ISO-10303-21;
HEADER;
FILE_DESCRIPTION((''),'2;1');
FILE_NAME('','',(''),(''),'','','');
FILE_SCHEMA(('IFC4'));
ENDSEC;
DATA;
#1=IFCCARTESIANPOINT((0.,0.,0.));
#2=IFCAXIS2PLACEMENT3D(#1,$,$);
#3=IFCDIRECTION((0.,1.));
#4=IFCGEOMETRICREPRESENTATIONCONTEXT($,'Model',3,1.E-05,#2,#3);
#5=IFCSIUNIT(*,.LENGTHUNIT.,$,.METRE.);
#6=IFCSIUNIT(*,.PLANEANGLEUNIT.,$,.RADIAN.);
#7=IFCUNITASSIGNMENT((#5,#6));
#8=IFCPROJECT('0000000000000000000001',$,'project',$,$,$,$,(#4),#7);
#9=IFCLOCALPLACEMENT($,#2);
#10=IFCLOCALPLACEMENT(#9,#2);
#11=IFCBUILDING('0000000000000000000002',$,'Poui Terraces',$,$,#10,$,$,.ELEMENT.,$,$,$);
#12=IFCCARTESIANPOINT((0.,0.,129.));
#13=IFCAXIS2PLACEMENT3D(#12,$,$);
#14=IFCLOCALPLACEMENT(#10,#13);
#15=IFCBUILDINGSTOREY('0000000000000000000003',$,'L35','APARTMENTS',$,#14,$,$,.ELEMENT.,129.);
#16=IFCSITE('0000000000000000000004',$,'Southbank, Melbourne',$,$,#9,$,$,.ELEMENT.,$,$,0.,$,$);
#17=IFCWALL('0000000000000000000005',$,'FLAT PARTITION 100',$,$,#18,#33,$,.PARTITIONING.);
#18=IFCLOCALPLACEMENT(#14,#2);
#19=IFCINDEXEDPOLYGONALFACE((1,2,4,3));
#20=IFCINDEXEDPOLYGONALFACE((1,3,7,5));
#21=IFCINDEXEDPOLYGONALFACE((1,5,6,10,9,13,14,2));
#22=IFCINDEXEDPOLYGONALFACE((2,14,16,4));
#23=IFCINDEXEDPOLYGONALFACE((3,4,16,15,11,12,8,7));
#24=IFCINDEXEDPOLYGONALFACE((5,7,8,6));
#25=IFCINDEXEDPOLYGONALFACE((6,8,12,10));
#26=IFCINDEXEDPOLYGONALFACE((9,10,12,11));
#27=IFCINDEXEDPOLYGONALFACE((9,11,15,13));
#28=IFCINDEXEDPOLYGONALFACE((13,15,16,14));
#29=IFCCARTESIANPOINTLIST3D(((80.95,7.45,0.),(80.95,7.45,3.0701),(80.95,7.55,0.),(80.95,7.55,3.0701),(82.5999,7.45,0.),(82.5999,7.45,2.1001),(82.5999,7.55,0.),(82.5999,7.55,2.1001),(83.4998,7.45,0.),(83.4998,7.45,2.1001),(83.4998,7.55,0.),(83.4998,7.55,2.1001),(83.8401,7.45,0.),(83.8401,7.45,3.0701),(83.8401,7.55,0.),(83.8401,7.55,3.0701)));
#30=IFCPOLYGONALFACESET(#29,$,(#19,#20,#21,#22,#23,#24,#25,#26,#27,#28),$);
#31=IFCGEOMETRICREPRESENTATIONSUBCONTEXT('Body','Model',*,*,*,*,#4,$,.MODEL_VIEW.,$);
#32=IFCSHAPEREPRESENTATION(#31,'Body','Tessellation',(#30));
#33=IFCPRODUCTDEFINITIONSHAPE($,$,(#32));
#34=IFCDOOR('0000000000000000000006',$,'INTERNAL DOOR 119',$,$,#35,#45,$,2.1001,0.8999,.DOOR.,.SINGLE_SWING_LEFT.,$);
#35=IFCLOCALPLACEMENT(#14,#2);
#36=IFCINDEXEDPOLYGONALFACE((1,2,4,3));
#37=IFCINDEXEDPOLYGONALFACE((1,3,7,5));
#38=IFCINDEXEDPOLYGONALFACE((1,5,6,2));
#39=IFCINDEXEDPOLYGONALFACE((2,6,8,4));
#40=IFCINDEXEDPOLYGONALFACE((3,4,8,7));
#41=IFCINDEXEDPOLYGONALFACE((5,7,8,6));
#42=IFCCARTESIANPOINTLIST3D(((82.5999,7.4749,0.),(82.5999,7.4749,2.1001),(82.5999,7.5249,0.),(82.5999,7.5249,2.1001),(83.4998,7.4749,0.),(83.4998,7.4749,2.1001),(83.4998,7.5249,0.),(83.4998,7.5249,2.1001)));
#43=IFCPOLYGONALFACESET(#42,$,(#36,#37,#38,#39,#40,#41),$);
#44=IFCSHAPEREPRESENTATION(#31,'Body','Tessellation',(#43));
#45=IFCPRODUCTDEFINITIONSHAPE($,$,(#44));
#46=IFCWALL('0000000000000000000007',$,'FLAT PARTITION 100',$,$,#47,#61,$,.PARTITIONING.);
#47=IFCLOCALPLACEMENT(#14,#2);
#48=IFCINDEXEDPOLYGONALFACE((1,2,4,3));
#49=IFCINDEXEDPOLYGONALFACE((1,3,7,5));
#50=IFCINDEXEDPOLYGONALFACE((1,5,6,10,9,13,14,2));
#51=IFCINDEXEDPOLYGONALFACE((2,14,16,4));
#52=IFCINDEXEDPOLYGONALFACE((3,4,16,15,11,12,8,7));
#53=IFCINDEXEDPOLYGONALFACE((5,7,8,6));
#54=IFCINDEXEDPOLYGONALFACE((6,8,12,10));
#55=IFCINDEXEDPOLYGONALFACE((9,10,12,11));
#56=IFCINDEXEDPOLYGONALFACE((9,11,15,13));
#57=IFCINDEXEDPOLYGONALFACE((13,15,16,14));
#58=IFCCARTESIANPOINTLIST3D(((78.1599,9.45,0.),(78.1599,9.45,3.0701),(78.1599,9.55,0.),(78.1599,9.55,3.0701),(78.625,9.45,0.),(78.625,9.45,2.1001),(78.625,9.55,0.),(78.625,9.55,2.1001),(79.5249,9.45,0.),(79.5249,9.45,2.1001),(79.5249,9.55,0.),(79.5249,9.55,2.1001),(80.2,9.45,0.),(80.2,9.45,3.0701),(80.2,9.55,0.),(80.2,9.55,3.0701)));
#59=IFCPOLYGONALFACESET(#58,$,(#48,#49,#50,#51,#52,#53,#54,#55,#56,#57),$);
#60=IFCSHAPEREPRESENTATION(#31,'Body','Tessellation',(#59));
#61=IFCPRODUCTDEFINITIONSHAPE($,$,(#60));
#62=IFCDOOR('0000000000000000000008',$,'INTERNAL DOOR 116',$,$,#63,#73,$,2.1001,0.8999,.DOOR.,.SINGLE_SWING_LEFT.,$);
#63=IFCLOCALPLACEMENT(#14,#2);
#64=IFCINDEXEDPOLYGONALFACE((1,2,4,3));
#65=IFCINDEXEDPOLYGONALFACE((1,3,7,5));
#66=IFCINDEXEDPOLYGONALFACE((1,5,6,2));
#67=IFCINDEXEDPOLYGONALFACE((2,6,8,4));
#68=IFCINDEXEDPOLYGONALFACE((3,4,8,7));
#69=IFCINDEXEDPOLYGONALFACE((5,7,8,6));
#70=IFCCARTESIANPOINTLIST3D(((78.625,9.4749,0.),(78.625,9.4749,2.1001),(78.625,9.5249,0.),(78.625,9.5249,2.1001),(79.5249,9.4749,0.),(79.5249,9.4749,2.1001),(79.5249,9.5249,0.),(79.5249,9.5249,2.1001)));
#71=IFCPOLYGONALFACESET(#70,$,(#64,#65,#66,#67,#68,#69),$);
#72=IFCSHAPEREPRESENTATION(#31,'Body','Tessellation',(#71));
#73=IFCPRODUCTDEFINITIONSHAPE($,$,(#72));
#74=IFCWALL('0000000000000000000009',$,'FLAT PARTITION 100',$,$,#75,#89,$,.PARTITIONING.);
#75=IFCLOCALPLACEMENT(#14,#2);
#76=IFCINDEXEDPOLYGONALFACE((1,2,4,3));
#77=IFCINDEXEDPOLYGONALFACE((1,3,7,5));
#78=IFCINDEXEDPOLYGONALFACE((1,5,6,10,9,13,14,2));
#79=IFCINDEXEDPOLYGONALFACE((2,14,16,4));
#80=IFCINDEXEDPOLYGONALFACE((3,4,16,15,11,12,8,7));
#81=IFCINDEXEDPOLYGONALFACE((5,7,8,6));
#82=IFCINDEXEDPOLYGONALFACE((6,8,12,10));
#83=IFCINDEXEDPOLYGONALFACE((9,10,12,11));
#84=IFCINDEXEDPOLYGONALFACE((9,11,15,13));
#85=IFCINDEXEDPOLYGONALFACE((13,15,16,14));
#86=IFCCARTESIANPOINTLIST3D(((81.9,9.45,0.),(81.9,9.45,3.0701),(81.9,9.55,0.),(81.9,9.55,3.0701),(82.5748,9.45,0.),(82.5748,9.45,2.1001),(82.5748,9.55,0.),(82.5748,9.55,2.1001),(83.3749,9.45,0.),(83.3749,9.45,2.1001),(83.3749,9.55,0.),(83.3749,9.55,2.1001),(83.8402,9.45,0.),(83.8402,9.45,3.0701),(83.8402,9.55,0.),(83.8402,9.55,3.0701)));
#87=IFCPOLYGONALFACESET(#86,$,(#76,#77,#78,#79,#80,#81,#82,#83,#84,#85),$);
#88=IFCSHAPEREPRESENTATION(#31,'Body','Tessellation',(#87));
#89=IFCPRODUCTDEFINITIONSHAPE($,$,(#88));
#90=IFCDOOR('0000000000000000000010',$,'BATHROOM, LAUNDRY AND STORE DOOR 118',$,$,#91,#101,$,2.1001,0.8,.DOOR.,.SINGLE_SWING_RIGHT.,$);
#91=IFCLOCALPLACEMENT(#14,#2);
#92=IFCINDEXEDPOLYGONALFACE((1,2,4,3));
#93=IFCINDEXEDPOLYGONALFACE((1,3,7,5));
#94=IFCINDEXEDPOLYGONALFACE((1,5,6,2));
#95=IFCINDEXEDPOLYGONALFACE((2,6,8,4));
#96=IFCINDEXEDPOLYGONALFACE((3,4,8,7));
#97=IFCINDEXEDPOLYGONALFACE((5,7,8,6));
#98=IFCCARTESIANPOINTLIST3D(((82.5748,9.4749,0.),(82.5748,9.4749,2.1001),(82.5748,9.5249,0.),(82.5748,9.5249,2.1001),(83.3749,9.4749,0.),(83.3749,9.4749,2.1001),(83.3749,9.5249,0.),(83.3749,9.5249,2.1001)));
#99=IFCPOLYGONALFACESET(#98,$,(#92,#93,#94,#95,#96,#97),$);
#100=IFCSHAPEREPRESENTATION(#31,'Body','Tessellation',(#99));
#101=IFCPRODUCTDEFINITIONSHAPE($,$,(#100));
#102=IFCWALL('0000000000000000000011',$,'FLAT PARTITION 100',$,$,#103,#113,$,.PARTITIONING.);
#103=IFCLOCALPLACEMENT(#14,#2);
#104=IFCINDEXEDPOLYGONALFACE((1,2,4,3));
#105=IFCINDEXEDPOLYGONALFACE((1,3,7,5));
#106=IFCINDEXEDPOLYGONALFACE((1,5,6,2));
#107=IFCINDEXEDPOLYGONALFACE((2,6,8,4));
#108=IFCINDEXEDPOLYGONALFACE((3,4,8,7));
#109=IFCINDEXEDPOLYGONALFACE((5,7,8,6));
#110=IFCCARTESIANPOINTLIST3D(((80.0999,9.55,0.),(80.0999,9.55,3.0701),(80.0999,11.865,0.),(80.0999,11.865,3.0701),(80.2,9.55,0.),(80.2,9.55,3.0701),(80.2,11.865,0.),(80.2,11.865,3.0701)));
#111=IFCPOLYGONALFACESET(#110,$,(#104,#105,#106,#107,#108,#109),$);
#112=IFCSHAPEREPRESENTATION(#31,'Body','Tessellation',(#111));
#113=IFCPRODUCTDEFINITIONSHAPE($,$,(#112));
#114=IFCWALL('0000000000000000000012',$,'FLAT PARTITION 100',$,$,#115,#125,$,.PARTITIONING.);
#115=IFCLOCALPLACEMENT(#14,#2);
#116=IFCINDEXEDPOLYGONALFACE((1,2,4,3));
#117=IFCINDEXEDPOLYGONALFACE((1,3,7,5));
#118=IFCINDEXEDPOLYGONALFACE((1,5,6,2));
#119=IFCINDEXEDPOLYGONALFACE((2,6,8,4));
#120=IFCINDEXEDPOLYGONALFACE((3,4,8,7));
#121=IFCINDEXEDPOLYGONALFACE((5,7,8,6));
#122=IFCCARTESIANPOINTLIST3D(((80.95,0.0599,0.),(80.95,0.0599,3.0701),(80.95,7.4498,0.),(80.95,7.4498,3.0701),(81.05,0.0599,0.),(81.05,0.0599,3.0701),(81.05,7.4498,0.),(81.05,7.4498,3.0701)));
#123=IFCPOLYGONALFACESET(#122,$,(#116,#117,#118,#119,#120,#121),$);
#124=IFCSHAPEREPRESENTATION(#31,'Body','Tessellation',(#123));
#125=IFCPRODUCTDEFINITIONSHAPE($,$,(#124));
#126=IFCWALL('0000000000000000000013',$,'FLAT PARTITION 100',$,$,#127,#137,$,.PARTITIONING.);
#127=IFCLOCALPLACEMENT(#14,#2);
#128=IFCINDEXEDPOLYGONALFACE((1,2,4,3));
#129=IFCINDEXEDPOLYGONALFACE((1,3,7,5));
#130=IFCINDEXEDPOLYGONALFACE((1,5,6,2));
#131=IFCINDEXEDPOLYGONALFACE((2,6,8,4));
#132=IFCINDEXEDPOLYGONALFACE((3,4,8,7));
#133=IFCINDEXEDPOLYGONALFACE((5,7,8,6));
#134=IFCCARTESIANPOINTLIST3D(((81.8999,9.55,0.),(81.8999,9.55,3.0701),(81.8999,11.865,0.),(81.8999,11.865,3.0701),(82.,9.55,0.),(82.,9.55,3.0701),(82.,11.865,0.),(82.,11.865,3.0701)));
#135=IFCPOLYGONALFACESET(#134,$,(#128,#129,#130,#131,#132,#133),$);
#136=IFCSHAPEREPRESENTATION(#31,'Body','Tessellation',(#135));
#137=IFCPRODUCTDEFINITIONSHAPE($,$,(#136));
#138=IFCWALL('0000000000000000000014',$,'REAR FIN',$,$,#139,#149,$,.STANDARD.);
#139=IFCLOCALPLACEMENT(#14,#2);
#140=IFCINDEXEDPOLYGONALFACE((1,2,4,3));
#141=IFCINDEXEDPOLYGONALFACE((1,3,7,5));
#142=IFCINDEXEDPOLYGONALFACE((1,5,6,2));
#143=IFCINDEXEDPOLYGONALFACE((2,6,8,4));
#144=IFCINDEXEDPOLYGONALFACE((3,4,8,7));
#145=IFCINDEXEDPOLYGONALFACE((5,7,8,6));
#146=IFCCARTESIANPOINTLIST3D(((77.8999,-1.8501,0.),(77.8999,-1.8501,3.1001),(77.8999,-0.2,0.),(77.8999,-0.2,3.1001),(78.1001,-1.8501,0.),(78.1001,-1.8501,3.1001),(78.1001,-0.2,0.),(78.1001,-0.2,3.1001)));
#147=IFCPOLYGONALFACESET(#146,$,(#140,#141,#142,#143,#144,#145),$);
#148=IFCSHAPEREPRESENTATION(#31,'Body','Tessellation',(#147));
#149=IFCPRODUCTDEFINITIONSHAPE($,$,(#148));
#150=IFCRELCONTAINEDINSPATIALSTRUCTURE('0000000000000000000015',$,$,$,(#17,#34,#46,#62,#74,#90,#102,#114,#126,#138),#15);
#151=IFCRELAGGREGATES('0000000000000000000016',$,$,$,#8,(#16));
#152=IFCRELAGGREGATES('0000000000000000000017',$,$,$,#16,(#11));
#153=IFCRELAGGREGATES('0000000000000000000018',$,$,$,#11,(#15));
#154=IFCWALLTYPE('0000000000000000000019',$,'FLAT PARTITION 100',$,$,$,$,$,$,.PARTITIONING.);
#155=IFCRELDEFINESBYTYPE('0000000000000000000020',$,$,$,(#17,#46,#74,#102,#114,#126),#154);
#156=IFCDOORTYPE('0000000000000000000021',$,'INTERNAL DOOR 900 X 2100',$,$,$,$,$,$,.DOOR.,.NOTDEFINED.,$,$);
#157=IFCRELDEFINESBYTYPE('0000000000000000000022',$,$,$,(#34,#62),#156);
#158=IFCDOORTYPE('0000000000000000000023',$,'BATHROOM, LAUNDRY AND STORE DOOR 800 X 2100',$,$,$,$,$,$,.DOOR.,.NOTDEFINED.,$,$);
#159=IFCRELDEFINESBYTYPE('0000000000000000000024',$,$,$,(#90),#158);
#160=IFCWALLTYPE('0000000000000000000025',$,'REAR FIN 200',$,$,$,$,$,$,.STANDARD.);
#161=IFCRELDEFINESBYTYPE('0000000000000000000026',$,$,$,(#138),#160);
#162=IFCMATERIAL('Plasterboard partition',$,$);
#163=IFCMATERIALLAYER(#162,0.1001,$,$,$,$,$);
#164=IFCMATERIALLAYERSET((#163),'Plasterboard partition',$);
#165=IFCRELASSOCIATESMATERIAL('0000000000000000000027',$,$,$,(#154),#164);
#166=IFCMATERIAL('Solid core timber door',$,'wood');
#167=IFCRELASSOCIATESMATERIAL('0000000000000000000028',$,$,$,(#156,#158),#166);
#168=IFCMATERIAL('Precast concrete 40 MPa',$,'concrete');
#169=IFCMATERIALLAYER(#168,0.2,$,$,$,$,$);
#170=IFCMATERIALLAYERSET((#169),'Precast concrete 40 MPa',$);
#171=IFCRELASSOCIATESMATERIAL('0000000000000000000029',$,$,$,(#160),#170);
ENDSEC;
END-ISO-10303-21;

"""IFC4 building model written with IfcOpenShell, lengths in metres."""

from ifc_helpers import new_model, si_unit, direction, frame, frame_2d, origin, place, context, subcontext, project, spatial, polyline, rectangle, outline, extrude, source, transform, mapped, material, layer, layer_set, type_object, element, fill, save


model = new_model("IFC4")

# Units and contexts
model_context = context("Model", 3, precision=1e-05, world=origin(), true_north=direction((0.0, 1.0)))
body_context = subcontext(model_context, "Body", "Model", "MODEL_VIEW")
ifc_project = project(units=[si_unit("LENGTHUNIT", "METRE"), si_unit("PLANEANGLEUNIT", "RADIAN")], contexts=[model_context])

# Site, building, storey
site_placement = place(None, origin())
site = spatial("IfcSite", under=ifc_project, at=site_placement, Name="Southbank, Melbourne", CompositionType="ELEMENT", RefElevation=0.0)
building_placement = place(site_placement, origin())
building = spatial("IfcBuilding", under=site, at=building_placement, Name="Poui Terraces", CompositionType="ELEMENT")
storey_placement = place(building_placement, frame((0.0, 0.0, 129.0)))
storey = spatial("IfcBuildingStorey", under=building, at=storey_placement, Name="L35", Description="APARTMENTS", CompositionType="ELEMENT", Elevation=129.0)

# Walls, openings, doors
ifc_material_1 = material(Name="Plasterboard partition")
ifc_layer_1 = layer(ifc_material_1, 0.1001)
ifc_layer_set_1 = layer_set([ifc_layer_1], Name="Plasterboard partition")
wall_type_1 = type_object("IfcWallType", Name="FLAT PARTITION 100", PredefinedType="PARTITIONING", material=ifc_layer_set_1)
wall_1_placement = place(storey_placement, frame((80.95, 7.5, 0.0), z_axis=(0.0, 0.0, 1.0), x_axis=(1.0, 0.0, 0.0)))
wall_1 = element("IfcWall", 1, at=wall_1_placement, inside=storey, type_object=wall_type_1, Name="FLAT PARTITION 100", PredefinedType="PARTITIONING", context=body_context, shape_type="SweptSolid", body=[
    extrude(rectangle(XDim=2.8901, YDim=0.1001, at=frame_2d((1.4451, 0.0))), origin(), (0.0, 0.0, 1.0), 3.0701),
])
opening_1_placement = place(wall_1_placement, frame((1.6499, 0.0, 0.0)))
opening_1 = element("IfcOpeningElement", 2, at=opening_1_placement, cuts=wall_1, PredefinedType="OPENING", context=body_context, shape_type="SweptSolid", body=[
    extrude(rectangle(XDim=0.8999, YDim=2.1001, at=frame_2d((0.45, 1.05))), frame((0.0, 0.0601, 0.0), z_axis=(0.0, -1.0, 0.0), x_axis=(1.0, 0.0, 0.0)), (0.0, 0.0, 1.0), 0.1201),
])
ifc_material_2 = material(Name="Solid core timber door", Category="wood")
door_type_1 = type_object("IfcDoorType", Name="INTERNAL DOOR 900 X 2100", OperationType="NOTDEFINED", PredefinedType="DOOR", material=ifc_material_2)
door_1_placement = place(opening_1_placement, origin())
door_1 = element("IfcDoor", 3, at=door_1_placement, inside=storey, type_object=door_type_1, Name="INTERNAL DOOR 119", OperationType="SINGLE_SWING_LEFT", OverallHeight=2.1001, OverallWidth=0.8999, PredefinedType="DOOR", context=body_context, shape_type="SweptSolid", body=[
    extrude(rectangle(XDim=0.8999, YDim=2.1001, at=frame_2d((0.45, 1.05))), frame((0.0, 0.0249, 0.0), z_axis=(0.0, -1.0, 0.0), x_axis=(1.0, 0.0, 0.0)), (0.0, 0.0, 1.0), 0.05),
])
fill(opening_1, door_1)
wall_2_placement = place(storey_placement, frame((78.1599, 9.5, 0.0), z_axis=(0.0, 0.0, 1.0), x_axis=(1.0, 0.0, 0.0)))
wall_2 = element("IfcWall", 4, at=wall_2_placement, inside=storey, type_object=wall_type_1, Name="FLAT PARTITION 100", PredefinedType="PARTITIONING", context=body_context, shape_type="SweptSolid", body=[
    extrude(rectangle(XDim=2.04, YDim=0.1001, at=frame_2d((1.02, 0.0))), origin(), (0.0, 0.0, 1.0), 3.0701),
])
opening_2_placement = place(wall_2_placement, frame((0.4651, 0.0, 0.0)))
opening_2 = element("IfcOpeningElement", 5, at=opening_2_placement, cuts=wall_2, PredefinedType="OPENING", context=body_context, shape_type="SweptSolid", body=[
    extrude(rectangle(XDim=0.8999, YDim=2.1001, at=frame_2d((0.45, 1.05))), frame((0.0, 0.0601, 0.0), z_axis=(0.0, -1.0, 0.0), x_axis=(1.0, 0.0, 0.0)), (0.0, 0.0, 1.0), 0.1201),
])
door_2_placement = place(opening_2_placement, origin())
door_2 = element("IfcDoor", 6, at=door_2_placement, inside=storey, type_object=door_type_1, Name="INTERNAL DOOR 116", OperationType="SINGLE_SWING_LEFT", OverallHeight=2.1001, OverallWidth=0.8999, PredefinedType="DOOR", context=body_context, shape_type="SweptSolid", body=[
    extrude(rectangle(XDim=0.8999, YDim=2.1001, at=frame_2d((0.45, 1.05))), frame((0.0, 0.0249, 0.0), z_axis=(0.0, -1.0, 0.0), x_axis=(1.0, 0.0, 0.0)), (0.0, 0.0, 1.0), 0.05),
])
fill(opening_2, door_2)
wall_3_placement = place(storey_placement, frame((81.8999, 9.5, 0.0), z_axis=(0.0, 0.0, 1.0), x_axis=(1.0, 0.0, 0.0)))
wall_3 = element("IfcWall", 7, at=wall_3_placement, inside=storey, type_object=wall_type_1, Name="FLAT PARTITION 100", PredefinedType="PARTITIONING", context=body_context, shape_type="SweptSolid", body=[
    extrude(rectangle(XDim=1.9402, YDim=0.1001, at=frame_2d((0.9702, 0.0))), origin(), (0.0, 0.0, 1.0), 3.0701),
])
opening_3_placement = place(wall_3_placement, frame((0.675, 0.0, 0.0)))
opening_3 = element("IfcOpeningElement", 8, at=opening_3_placement, cuts=wall_3, PredefinedType="OPENING", context=body_context, shape_type="SweptSolid", body=[
    extrude(rectangle(XDim=0.8, YDim=2.1001, at=frame_2d((0.3999, 1.05))), frame((0.0, 0.0601, 0.0), z_axis=(0.0, -1.0, 0.0), x_axis=(1.0, 0.0, 0.0)), (0.0, 0.0, 1.0), 0.1201),
])
door_type_2 = type_object("IfcDoorType", Name="BATHROOM, LAUNDRY AND STORE DOOR 800 X 2100", OperationType="NOTDEFINED", PredefinedType="DOOR", material=ifc_material_2)
door_3_placement = place(opening_3_placement, origin())
door_3 = element("IfcDoor", 9, at=door_3_placement, inside=storey, type_object=door_type_2, Name="BATHROOM, LAUNDRY AND STORE DOOR 118", OperationType="SINGLE_SWING_RIGHT", OverallHeight=2.1001, OverallWidth=0.8, PredefinedType="DOOR", context=body_context, shape_type="SweptSolid", body=[
    extrude(rectangle(XDim=0.8, YDim=2.1001, at=frame_2d((0.3999, 1.05))), frame((0.0, 0.0249, 0.0), z_axis=(0.0, -1.0, 0.0), x_axis=(1.0, 0.0, 0.0)), (0.0, 0.0, 1.0), 0.05),
])
fill(opening_3, door_3)

# Walls
wall_4_placement = place(storey_placement, frame((80.1499, 9.55, 0.0), z_axis=(0.0, 0.0, 1.0), x_axis=(0.0, 1.0, 0.0)))
element("IfcWall", 10, at=wall_4_placement, inside=storey, type_object=wall_type_1, Name="FLAT PARTITION 100", PredefinedType="PARTITIONING", context=body_context, shape_type="SweptSolid", body=[
    extrude(rectangle(XDim=2.3149, YDim=0.1001, at=frame_2d((1.1575, 0.0))), origin(), (0.0, 0.0, 1.0), 3.0701),
])
wall_5_placement = place(storey_placement, frame((81.0, 0.0601, 0.0), z_axis=(0.0, 0.0, 1.0), x_axis=(0.0, 1.0, 0.0)))
element("IfcWall", 11, at=wall_5_placement, inside=storey, type_object=wall_type_1, Name="FLAT PARTITION 100", PredefinedType="PARTITIONING", context=body_context, shape_type="SweptSolid", body=[
    extrude(rectangle(XDim=7.3899, YDim=0.1001, at=frame_2d((3.6948, 0.0))), origin(), (0.0, 0.0, 1.0), 3.0701),
])
wall_6_placement = place(storey_placement, frame((81.95, 9.55, 0.0), z_axis=(0.0, 0.0, 1.0), x_axis=(0.0, 1.0, 0.0)))
element("IfcWall", 12, at=wall_6_placement, inside=storey, type_object=wall_type_1, Name="FLAT PARTITION 100", PredefinedType="PARTITIONING", context=body_context, shape_type="SweptSolid", body=[
    extrude(rectangle(XDim=2.3149, YDim=0.1001, at=frame_2d((1.1575, 0.0))), origin(), (0.0, 0.0, 1.0), 3.0701),
])
ifc_material_3 = material(Name="Precast concrete 40 MPa", Category="concrete")
ifc_layer_2 = layer(ifc_material_3, 0.2)
ifc_layer_set_2 = layer_set([ifc_layer_2], Name="Precast concrete 40 MPa")
wall_type_2 = type_object("IfcWallType", Name="REAR FIN 200", PredefinedType="STANDARD", material=ifc_layer_set_2)
shared_shape = source(origin(), body_context, "Body", "SweptSolid", [
    extrude(outline(polyline([(0.0, 0.0), (0.2002, 0.0), (0.2002, 1.6501), (0.0, 1.6501), (0.0, 0.0)])), origin(), (0.0, 0.0, 1.0), 3.1001),
])
wall_7_placement = place(storey_placement, frame((77.8999, -1.8501, 0.0)))
element("IfcWall", 13, at=wall_7_placement, inside=storey, type_object=wall_type_2, Name="REAR FIN", PredefinedType="STANDARD", context=body_context, shape_type="MappedRepresentation", body=[
    mapped(shared_shape, transform((0.0, 0.0, 0.0))),
])

save(model, "model.ifc")
